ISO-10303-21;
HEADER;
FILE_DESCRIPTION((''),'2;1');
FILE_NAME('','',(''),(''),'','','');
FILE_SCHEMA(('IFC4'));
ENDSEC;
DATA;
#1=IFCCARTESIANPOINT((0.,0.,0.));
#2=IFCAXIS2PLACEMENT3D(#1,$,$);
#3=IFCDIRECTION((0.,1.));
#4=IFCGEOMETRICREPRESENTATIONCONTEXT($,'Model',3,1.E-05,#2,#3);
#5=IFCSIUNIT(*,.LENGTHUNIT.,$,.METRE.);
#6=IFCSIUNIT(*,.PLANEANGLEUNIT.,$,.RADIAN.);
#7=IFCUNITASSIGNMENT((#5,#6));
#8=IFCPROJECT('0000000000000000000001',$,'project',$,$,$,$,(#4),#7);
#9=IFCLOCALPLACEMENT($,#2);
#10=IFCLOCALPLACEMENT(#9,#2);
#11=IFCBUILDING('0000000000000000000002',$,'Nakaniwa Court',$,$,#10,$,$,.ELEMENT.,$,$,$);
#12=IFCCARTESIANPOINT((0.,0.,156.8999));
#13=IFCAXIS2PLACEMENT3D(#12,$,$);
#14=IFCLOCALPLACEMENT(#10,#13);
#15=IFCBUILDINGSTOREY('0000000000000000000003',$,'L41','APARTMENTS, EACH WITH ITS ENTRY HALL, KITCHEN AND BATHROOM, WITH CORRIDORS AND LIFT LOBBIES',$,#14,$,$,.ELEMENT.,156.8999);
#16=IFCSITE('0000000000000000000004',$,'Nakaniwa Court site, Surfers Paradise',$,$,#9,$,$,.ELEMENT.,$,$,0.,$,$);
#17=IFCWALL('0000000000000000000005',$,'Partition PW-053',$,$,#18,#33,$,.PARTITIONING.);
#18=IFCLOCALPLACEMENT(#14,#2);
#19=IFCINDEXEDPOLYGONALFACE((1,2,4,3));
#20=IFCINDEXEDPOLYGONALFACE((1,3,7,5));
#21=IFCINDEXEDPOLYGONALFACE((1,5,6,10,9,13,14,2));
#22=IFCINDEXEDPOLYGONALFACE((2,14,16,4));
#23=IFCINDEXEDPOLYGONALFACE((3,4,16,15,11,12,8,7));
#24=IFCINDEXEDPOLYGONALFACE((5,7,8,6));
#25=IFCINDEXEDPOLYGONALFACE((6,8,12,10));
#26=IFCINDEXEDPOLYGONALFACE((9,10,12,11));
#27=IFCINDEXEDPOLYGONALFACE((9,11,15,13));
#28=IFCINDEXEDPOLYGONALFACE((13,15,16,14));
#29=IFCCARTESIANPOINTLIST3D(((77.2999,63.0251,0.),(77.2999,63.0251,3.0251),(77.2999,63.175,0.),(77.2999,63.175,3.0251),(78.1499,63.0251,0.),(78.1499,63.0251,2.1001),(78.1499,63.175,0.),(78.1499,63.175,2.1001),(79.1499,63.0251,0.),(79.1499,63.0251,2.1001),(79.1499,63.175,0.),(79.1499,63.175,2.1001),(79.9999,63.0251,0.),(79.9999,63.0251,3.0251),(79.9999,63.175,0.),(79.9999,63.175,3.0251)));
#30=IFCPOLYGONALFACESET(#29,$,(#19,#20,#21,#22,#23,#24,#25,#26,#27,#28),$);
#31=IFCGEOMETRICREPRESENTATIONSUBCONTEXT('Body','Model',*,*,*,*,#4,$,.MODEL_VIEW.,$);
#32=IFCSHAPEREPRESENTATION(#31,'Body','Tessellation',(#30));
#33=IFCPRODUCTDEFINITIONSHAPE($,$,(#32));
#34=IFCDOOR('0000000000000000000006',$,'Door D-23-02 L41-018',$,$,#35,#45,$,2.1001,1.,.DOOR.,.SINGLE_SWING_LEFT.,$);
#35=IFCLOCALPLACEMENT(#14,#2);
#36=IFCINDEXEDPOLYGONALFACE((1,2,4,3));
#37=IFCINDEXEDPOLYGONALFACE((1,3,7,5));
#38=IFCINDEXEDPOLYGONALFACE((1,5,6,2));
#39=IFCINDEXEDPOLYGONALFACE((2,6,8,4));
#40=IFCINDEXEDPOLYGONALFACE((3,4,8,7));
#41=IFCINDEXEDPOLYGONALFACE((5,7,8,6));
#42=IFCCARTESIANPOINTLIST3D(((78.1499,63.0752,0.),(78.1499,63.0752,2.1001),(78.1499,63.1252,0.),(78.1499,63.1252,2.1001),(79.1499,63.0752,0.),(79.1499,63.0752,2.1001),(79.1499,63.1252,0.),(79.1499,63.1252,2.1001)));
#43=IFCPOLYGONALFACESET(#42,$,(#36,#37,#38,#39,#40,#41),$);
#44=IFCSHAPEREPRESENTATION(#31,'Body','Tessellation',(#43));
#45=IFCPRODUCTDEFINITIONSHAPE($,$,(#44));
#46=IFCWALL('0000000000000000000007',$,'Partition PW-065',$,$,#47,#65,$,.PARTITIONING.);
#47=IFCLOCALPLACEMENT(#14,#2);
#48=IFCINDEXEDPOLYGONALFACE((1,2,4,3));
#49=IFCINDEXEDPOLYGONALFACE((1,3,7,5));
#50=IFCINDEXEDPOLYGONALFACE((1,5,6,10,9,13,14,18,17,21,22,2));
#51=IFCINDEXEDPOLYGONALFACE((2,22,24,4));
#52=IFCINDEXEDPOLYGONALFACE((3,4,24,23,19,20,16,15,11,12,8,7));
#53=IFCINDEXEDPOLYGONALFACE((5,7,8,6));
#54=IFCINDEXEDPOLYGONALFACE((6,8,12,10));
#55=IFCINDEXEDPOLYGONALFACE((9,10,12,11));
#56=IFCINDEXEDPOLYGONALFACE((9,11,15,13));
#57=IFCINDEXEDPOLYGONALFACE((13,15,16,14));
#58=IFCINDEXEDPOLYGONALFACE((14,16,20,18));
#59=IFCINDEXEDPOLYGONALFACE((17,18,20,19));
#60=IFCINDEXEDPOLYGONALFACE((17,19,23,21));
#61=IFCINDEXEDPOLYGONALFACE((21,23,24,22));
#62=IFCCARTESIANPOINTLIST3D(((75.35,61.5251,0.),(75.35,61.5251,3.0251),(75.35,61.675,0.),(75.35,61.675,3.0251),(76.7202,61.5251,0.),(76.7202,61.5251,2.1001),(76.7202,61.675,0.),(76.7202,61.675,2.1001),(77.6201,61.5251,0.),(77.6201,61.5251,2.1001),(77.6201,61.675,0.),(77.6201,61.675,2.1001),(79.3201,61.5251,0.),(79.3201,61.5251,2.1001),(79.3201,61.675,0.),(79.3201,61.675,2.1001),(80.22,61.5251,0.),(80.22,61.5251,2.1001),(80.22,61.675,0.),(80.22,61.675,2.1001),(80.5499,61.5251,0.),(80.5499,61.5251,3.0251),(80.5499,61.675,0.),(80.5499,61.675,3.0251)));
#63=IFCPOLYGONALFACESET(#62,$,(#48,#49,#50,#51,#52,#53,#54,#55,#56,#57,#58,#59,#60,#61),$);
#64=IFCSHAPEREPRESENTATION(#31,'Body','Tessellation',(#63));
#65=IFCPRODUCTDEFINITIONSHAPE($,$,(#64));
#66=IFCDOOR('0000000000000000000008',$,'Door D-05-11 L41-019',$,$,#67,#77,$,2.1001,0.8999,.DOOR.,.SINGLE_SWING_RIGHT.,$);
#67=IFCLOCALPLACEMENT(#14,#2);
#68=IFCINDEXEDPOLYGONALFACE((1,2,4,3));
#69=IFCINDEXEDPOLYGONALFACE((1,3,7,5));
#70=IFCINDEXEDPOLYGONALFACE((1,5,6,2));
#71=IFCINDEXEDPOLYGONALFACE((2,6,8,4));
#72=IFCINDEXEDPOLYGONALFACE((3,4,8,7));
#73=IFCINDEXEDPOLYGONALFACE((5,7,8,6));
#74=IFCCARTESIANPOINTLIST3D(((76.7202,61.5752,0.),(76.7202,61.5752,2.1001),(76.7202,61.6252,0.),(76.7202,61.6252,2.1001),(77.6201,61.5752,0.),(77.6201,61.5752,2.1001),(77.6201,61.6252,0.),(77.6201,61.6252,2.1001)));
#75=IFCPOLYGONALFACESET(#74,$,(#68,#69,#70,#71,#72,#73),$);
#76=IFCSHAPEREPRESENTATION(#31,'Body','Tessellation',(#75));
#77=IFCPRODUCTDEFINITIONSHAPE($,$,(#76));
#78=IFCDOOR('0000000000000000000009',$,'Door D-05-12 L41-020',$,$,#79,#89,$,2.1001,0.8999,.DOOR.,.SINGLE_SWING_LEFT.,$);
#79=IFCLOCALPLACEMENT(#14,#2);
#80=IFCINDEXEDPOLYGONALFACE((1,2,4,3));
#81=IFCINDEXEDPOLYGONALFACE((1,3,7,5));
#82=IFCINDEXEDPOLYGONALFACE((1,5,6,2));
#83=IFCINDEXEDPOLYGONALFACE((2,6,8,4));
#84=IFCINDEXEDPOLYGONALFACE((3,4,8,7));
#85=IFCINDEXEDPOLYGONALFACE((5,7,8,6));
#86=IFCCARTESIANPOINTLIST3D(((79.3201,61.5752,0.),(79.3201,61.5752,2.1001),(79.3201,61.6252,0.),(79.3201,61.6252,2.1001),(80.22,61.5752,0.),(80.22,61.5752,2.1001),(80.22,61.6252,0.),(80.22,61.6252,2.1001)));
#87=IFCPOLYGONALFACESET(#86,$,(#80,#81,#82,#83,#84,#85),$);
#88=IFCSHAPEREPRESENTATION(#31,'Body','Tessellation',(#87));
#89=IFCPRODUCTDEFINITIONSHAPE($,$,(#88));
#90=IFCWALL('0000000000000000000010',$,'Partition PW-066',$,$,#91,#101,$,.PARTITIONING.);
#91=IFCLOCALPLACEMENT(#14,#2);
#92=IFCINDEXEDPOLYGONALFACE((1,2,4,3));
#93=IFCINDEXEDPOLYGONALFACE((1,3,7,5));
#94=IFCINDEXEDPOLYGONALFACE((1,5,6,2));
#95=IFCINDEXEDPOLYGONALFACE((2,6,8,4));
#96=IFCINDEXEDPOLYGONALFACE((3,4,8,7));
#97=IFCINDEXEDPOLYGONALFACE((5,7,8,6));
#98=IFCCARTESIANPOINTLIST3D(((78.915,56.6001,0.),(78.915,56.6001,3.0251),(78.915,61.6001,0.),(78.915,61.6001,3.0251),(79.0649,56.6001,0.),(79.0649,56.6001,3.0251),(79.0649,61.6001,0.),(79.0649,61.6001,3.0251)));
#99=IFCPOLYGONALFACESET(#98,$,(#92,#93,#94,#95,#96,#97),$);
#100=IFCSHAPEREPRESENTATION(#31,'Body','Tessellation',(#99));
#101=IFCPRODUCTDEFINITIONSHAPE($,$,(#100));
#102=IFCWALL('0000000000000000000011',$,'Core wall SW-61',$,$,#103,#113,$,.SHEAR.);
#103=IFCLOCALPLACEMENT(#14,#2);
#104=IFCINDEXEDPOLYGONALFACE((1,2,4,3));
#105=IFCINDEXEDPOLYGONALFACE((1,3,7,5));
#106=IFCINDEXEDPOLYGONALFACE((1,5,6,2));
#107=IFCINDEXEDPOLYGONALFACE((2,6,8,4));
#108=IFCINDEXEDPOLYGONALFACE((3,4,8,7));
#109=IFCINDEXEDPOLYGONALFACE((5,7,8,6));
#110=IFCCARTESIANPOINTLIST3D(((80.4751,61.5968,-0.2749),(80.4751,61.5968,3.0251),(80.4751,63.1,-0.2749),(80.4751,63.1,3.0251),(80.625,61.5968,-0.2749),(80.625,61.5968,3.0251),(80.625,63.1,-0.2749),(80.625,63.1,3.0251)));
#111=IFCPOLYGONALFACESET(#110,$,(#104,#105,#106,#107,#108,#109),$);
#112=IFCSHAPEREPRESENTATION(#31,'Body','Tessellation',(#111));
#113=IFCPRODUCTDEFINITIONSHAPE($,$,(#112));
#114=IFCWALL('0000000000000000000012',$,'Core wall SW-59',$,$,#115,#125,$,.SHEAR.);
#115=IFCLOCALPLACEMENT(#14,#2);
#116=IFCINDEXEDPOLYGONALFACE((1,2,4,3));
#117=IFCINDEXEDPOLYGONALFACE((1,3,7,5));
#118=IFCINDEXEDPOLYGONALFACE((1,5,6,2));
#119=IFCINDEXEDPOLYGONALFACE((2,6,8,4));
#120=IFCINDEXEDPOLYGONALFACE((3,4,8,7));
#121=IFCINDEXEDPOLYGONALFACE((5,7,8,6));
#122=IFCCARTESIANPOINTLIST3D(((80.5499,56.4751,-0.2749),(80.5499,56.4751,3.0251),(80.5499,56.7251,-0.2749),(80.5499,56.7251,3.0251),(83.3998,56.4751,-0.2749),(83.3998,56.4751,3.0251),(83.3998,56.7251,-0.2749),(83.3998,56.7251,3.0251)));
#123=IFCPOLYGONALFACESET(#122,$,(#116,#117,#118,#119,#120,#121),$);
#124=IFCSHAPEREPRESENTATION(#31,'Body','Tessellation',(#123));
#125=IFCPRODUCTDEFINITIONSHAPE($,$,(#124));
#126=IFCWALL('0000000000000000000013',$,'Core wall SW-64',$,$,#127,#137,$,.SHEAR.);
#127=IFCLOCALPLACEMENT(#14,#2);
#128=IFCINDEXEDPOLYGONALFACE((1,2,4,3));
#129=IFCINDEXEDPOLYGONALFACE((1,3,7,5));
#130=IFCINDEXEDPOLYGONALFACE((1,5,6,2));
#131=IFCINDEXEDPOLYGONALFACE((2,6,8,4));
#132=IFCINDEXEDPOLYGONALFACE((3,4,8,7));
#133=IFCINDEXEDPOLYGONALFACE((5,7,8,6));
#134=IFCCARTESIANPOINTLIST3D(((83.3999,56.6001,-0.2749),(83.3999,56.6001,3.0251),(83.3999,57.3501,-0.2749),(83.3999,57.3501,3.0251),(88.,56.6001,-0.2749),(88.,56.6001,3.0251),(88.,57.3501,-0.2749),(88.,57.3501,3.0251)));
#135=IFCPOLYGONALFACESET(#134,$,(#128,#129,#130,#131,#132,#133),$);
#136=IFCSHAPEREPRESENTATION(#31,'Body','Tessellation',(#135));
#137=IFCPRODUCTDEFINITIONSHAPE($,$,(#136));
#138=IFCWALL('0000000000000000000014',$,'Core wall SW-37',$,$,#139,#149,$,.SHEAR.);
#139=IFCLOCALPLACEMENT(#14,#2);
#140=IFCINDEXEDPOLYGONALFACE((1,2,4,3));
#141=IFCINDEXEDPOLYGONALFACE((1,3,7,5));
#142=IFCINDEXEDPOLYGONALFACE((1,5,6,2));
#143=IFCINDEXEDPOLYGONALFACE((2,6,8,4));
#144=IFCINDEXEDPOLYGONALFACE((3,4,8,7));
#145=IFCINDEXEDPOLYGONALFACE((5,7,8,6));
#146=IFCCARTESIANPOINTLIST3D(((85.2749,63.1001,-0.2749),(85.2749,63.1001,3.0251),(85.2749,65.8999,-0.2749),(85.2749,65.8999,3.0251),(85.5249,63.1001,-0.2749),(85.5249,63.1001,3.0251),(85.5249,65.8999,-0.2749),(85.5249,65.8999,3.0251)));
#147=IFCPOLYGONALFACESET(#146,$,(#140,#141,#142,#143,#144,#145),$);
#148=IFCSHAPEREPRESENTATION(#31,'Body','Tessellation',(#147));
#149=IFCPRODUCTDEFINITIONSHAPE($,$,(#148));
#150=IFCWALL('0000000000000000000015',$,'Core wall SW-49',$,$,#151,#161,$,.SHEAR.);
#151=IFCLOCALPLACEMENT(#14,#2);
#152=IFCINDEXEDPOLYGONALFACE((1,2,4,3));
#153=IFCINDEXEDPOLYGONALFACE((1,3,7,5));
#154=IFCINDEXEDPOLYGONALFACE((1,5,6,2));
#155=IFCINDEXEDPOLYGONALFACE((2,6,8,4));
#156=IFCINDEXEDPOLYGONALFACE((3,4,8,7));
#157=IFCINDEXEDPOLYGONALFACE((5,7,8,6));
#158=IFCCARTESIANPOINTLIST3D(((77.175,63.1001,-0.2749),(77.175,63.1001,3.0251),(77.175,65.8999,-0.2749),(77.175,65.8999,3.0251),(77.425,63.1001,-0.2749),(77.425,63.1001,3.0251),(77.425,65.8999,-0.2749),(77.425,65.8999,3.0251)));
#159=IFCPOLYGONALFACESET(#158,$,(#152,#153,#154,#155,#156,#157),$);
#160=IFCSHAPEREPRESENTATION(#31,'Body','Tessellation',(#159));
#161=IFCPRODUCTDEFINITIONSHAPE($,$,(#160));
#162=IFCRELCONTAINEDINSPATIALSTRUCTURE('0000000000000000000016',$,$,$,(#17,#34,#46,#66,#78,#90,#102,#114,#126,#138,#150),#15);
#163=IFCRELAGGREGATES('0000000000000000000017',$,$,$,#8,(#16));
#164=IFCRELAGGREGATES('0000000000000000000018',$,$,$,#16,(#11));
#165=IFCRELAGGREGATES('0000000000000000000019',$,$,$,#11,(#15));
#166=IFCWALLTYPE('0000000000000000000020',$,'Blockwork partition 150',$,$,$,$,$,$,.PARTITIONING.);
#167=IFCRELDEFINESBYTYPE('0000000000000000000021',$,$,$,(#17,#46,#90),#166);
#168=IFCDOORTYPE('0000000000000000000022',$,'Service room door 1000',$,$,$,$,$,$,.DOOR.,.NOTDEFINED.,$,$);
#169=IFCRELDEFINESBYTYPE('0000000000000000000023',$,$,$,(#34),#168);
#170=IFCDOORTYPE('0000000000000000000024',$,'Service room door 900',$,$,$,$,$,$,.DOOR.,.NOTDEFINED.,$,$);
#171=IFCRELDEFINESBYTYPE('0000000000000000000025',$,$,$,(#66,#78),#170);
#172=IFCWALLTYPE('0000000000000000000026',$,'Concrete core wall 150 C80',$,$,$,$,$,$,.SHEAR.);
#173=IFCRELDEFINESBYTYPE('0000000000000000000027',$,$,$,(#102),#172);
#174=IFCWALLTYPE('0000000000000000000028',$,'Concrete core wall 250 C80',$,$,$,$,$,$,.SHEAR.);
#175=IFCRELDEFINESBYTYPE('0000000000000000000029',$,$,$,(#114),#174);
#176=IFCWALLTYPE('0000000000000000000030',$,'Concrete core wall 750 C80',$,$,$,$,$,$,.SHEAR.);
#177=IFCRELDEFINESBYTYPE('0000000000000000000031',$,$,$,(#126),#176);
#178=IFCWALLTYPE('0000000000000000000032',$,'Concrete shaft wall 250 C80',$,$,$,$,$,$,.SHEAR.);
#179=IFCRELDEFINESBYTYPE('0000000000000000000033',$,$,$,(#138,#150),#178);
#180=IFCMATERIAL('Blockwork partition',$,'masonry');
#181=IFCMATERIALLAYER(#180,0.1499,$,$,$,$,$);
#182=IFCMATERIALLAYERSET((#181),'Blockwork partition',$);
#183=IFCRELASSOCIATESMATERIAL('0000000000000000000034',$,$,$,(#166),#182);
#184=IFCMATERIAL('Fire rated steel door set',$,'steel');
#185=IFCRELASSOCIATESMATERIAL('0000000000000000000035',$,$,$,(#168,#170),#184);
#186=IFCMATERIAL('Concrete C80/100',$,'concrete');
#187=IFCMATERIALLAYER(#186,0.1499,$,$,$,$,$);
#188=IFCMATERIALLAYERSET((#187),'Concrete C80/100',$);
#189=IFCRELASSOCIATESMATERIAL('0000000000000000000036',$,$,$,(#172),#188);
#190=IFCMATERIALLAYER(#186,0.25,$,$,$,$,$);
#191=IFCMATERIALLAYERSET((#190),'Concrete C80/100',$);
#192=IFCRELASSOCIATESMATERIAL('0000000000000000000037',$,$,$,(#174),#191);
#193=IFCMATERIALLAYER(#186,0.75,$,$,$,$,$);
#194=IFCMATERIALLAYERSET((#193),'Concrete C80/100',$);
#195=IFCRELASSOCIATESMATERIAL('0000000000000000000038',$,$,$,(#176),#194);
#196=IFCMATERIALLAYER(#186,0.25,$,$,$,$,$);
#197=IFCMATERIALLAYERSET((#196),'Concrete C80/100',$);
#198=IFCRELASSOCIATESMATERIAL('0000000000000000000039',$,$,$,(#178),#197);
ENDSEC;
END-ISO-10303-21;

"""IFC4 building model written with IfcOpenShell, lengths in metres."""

from ifc_helpers import new_model, si_unit, direction, frame, frame_2d, origin, place, context, subcontext, project, spatial, rectangle, extrude, material, layer, layer_set, type_object, element, fill, save


model = new_model("IFC4")

# Units and contexts
model_context = context("Model", 3, precision=1e-05, world=origin(), true_north=direction((0.0, 1.0)))
body_context = subcontext(model_context, "Body", "Model", "MODEL_VIEW")
ifc_project = project(units=[si_unit("LENGTHUNIT", "METRE"), si_unit("PLANEANGLEUNIT", "RADIAN")], contexts=[model_context])

# Site, building, storey
site_placement = place(None, origin())
site = spatial("IfcSite", under=ifc_project, at=site_placement, Name="Nakaniwa Court site, Surfers Paradise", CompositionType="ELEMENT", RefElevation=0.0)
building_placement = place(site_placement, origin())
building = spatial("IfcBuilding", under=site, at=building_placement, Name="Nakaniwa Court", CompositionType="ELEMENT")
storey_placement = place(building_placement, frame((0.0, 0.0, 156.8999)))
storey = spatial("IfcBuildingStorey", under=building, at=storey_placement, Name="L41", Description="APARTMENTS, EACH WITH ITS ENTRY HALL, KITCHEN AND BATHROOM, WITH CORRIDORS AND LIFT LOBBIES", CompositionType="ELEMENT", Elevation=156.8999)

# Wall, opening, door
ifc_material_1 = material(Name="Blockwork partition", Category="masonry")
ifc_layer_1 = layer(ifc_material_1, 0.1499)
ifc_layer_set_1 = layer_set([ifc_layer_1], Name="Blockwork partition")
wall_type_1 = type_object("IfcWallType", Name="Blockwork partition 150", PredefinedType="PARTITIONING", material=ifc_layer_set_1)
wall_1_placement = place(storey_placement, frame((80.0, 63.1001, 0.0), z_axis=(0.0, 0.0, 1.0), x_axis=(-1.0, 0.0, 0.0)))
wall_1 = element("IfcWall", 1, at=wall_1_placement, inside=storey, type_object=wall_type_1, Name="Partition PW-053", PredefinedType="PARTITIONING", context=body_context, shape_type="SweptSolid", body=[
    extrude(rectangle(XDim=2.7, YDim=0.1499, at=frame_2d((1.3501, 0.0))), origin(), (0.0, 0.0, 1.0), 3.0251),
])
opening_1_placement = place(wall_1_placement, frame((0.8501, 0.0, 0.0)))
opening_1 = element("IfcOpeningElement", 2, at=opening_1_placement, cuts=wall_1, PredefinedType="OPENING", context=body_context, shape_type="SweptSolid", body=[
    extrude(rectangle(XDim=1.0, YDim=2.1001, at=frame_2d((0.5, 1.05))), frame((0.0, 0.085, 0.0), z_axis=(0.0, -1.0, 0.0), x_axis=(1.0, 0.0, 0.0)), (0.0, 0.0, 1.0), 0.1699),
])
ifc_material_2 = material(Name="Fire rated steel door set", Category="steel")
door_type_1 = type_object("IfcDoorType", Name="Service room door 1000", OperationType="NOTDEFINED", PredefinedType="DOOR", material=ifc_material_2)
door_1_placement = place(opening_1_placement, origin())
door_1 = element("IfcDoor", 3, at=door_1_placement, inside=storey, type_object=door_type_1, Name="Door D-23-02 L41-018", OperationType="SINGLE_SWING_LEFT", OverallHeight=2.1001, OverallWidth=1.0, PredefinedType="DOOR", context=body_context, shape_type="SweptSolid", body=[
    extrude(rectangle(XDim=1.0, YDim=2.1001, at=frame_2d((0.5, 1.05))), frame((0.0, 0.0249, 0.0), z_axis=(0.0, -1.0, 0.0), x_axis=(1.0, 0.0, 0.0)), (0.0, 0.0, 1.0), 0.05),
])
fill(opening_1, door_1)

# Wall, openings, doors
wall_2_placement = place(storey_placement, frame((80.55, 61.6001, 0.0), z_axis=(0.0, 0.0, 1.0), x_axis=(-1.0, 0.0, 0.0)))
wall_2 = element("IfcWall", 4, at=wall_2_placement, inside=storey, type_object=wall_type_1, Name="Partition PW-065", PredefinedType="PARTITIONING", context=body_context, shape_type="SweptSolid", body=[
    extrude(rectangle(XDim=5.2, YDim=0.1499, at=frame_2d((2.6001, 0.0))), origin(), (0.0, 0.0, 1.0), 3.0251),
])
opening_2_placement = place(wall_2_placement, frame((2.9299, 0.0, 0.0)))
opening_2 = element("IfcOpeningElement", 5, at=opening_2_placement, cuts=wall_2, PredefinedType="OPENING", context=body_context, shape_type="SweptSolid", body=[
    extrude(rectangle(XDim=0.8999, YDim=2.1001, at=frame_2d((0.45, 1.05))), frame((0.0, 0.085, 0.0), z_axis=(0.0, -1.0, 0.0), x_axis=(1.0, 0.0, 0.0)), (0.0, 0.0, 1.0), 0.1699),
])
opening_3_placement = place(wall_2_placement, frame((0.3301, 0.0, 0.0)))
opening_3 = element("IfcOpeningElement", 6, at=opening_3_placement, cuts=wall_2, PredefinedType="OPENING", context=body_context, shape_type="SweptSolid", body=[
    extrude(rectangle(XDim=0.8999, YDim=2.1001, at=frame_2d((0.45, 1.05))), frame((0.0, 0.085, 0.0), z_axis=(0.0, -1.0, 0.0), x_axis=(1.0, 0.0, 0.0)), (0.0, 0.0, 1.0), 0.1699),
])
door_type_2 = type_object("IfcDoorType", Name="Service room door 900", OperationType="NOTDEFINED", PredefinedType="DOOR", material=ifc_material_2)
door_2_placement = place(opening_2_placement, origin())
door_2 = element("IfcDoor", 7, at=door_2_placement, inside=storey, type_object=door_type_2, Name="Door D-05-11 L41-019", OperationType="SINGLE_SWING_RIGHT", OverallHeight=2.1001, OverallWidth=0.8999, PredefinedType="DOOR", context=body_context, shape_type="SweptSolid", body=[
    extrude(rectangle(XDim=0.8999, YDim=2.1001, at=frame_2d((0.45, 1.05))), frame((0.0, 0.0249, 0.0), z_axis=(0.0, -1.0, 0.0), x_axis=(1.0, 0.0, 0.0)), (0.0, 0.0, 1.0), 0.05),
])
fill(opening_2, door_2)
door_3_placement = place(opening_3_placement, origin())
door_3 = element("IfcDoor", 8, at=door_3_placement, inside=storey, type_object=door_type_2, Name="Door D-05-12 L41-020", OperationType="SINGLE_SWING_LEFT", OverallHeight=2.1001, OverallWidth=0.8999, PredefinedType="DOOR", context=body_context, shape_type="SweptSolid", body=[
    extrude(rectangle(XDim=0.8999, YDim=2.1001, at=frame_2d((0.45, 1.05))), frame((0.0, 0.0249, 0.0), z_axis=(0.0, -1.0, 0.0), x_axis=(1.0, 0.0, 0.0)), (0.0, 0.0, 1.0), 0.05),
])
fill(opening_3, door_3)

# Walls
wall_3_placement = place(storey_placement, frame((78.99, 56.6001, 0.0), z_axis=(0.0, 0.0, 1.0), x_axis=(0.0, 1.0, 0.0)))
element("IfcWall", 9, at=wall_3_placement, inside=storey, type_object=wall_type_1, Name="Partition PW-066", PredefinedType="PARTITIONING", context=body_context, shape_type="SweptSolid", body=[
    extrude(rectangle(XDim=5.0, YDim=0.1499, at=frame_2d((2.5, 0.0))), origin(), (0.0, 0.0, 1.0), 3.0251),
])
ifc_material_3 = material(Name="Concrete C80/100", Category="concrete")
ifc_layer_2 = layer(ifc_material_3, 0.1499)
ifc_layer_set_2 = layer_set([ifc_layer_2], Name="Concrete C80/100")
wall_type_2 = type_object("IfcWallType", Name="Concrete core wall 150 C80", PredefinedType="SHEAR", material=ifc_layer_set_2)
wall_4_placement = place(storey_placement, frame((80.55, 61.5969, -0.2749), z_axis=(0.0, 0.0, 1.0), x_axis=(0.0, 1.0, 0.0)))
element("IfcWall", 10, at=wall_4_placement, inside=storey, type_object=wall_type_2, Name="Core wall SW-61", PredefinedType="SHEAR", context=body_context, shape_type="SweptSolid", body=[
    extrude(rectangle(XDim=1.5032, YDim=0.1499, at=frame_2d((0.7515, 0.0))), origin(), (0.0, 0.0, 1.0), 3.3),
])
ifc_layer_3 = layer(ifc_material_3, 0.25)
ifc_layer_set_3 = layer_set([ifc_layer_3], Name="Concrete C80/100")
wall_type_3 = type_object("IfcWallType", Name="Concrete core wall 250 C80", PredefinedType="SHEAR", material=ifc_layer_set_3)
wall_5_placement = place(storey_placement, frame((80.55, 56.6001, -0.2749), z_axis=(0.0, 0.0, 1.0), x_axis=(1.0, 0.0, 0.0)))
element("IfcWall", 11, at=wall_5_placement, inside=storey, type_object=wall_type_3, Name="Core wall SW-59", PredefinedType="SHEAR", context=body_context, shape_type="SweptSolid", body=[
    extrude(rectangle(XDim=2.8499, YDim=0.25, at=frame_2d((1.4248, 0.0))), origin(), (0.0, 0.0, 1.0), 3.3),
])
ifc_layer_4 = layer(ifc_material_3, 0.75)
ifc_layer_set_4 = layer_set([ifc_layer_4], Name="Concrete C80/100")
wall_type_4 = type_object("IfcWallType", Name="Concrete core wall 750 C80", PredefinedType="SHEAR", material=ifc_layer_set_4)
wall_6_placement = place(storey_placement, frame((83.3999, 56.9751, -0.2749), z_axis=(0.0, 0.0, 1.0), x_axis=(1.0, 0.0, 0.0)))
element("IfcWall", 12, at=wall_6_placement, inside=storey, type_object=wall_type_4, Name="Core wall SW-64", PredefinedType="SHEAR", context=body_context, shape_type="SweptSolid", body=[
    extrude(rectangle(XDim=4.6001, YDim=0.75, at=frame_2d((2.3, 0.0))), origin(), (0.0, 0.0, 1.0), 3.3),
])
ifc_layer_5 = layer(ifc_material_3, 0.25)
ifc_layer_set_5 = layer_set([ifc_layer_5], Name="Concrete C80/100")
wall_type_5 = type_object("IfcWallType", Name="Concrete shaft wall 250 C80", PredefinedType="SHEAR", material=ifc_layer_set_5)
for number, where, z_axis, x_axis, name in (
    (13, (85.3999, 63.1001, -0.2749), (0.0, 0.0, 1.0), (0.0, 1.0, 0.0), "Core wall SW-37"),
    (14, (77.3, 63.1001, -0.2749), (0.0, 0.0, 1.0), (0.0, 1.0, 0.0), "Core wall SW-49"),
):
    element("IfcWall", number, at=place(storey_placement, frame(where, z_axis=z_axis, x_axis=x_axis)), inside=storey, type_object=wall_type_5, Name=name, PredefinedType="SHEAR", context=body_context, shape_type="SweptSolid", body=[
        extrude(rectangle(XDim=2.7998, YDim=0.25, at=frame_2d((1.3999, 0.0))), origin(), (0.0, 0.0, 1.0), 3.3),
    ])

save(model, "model.ifc")
